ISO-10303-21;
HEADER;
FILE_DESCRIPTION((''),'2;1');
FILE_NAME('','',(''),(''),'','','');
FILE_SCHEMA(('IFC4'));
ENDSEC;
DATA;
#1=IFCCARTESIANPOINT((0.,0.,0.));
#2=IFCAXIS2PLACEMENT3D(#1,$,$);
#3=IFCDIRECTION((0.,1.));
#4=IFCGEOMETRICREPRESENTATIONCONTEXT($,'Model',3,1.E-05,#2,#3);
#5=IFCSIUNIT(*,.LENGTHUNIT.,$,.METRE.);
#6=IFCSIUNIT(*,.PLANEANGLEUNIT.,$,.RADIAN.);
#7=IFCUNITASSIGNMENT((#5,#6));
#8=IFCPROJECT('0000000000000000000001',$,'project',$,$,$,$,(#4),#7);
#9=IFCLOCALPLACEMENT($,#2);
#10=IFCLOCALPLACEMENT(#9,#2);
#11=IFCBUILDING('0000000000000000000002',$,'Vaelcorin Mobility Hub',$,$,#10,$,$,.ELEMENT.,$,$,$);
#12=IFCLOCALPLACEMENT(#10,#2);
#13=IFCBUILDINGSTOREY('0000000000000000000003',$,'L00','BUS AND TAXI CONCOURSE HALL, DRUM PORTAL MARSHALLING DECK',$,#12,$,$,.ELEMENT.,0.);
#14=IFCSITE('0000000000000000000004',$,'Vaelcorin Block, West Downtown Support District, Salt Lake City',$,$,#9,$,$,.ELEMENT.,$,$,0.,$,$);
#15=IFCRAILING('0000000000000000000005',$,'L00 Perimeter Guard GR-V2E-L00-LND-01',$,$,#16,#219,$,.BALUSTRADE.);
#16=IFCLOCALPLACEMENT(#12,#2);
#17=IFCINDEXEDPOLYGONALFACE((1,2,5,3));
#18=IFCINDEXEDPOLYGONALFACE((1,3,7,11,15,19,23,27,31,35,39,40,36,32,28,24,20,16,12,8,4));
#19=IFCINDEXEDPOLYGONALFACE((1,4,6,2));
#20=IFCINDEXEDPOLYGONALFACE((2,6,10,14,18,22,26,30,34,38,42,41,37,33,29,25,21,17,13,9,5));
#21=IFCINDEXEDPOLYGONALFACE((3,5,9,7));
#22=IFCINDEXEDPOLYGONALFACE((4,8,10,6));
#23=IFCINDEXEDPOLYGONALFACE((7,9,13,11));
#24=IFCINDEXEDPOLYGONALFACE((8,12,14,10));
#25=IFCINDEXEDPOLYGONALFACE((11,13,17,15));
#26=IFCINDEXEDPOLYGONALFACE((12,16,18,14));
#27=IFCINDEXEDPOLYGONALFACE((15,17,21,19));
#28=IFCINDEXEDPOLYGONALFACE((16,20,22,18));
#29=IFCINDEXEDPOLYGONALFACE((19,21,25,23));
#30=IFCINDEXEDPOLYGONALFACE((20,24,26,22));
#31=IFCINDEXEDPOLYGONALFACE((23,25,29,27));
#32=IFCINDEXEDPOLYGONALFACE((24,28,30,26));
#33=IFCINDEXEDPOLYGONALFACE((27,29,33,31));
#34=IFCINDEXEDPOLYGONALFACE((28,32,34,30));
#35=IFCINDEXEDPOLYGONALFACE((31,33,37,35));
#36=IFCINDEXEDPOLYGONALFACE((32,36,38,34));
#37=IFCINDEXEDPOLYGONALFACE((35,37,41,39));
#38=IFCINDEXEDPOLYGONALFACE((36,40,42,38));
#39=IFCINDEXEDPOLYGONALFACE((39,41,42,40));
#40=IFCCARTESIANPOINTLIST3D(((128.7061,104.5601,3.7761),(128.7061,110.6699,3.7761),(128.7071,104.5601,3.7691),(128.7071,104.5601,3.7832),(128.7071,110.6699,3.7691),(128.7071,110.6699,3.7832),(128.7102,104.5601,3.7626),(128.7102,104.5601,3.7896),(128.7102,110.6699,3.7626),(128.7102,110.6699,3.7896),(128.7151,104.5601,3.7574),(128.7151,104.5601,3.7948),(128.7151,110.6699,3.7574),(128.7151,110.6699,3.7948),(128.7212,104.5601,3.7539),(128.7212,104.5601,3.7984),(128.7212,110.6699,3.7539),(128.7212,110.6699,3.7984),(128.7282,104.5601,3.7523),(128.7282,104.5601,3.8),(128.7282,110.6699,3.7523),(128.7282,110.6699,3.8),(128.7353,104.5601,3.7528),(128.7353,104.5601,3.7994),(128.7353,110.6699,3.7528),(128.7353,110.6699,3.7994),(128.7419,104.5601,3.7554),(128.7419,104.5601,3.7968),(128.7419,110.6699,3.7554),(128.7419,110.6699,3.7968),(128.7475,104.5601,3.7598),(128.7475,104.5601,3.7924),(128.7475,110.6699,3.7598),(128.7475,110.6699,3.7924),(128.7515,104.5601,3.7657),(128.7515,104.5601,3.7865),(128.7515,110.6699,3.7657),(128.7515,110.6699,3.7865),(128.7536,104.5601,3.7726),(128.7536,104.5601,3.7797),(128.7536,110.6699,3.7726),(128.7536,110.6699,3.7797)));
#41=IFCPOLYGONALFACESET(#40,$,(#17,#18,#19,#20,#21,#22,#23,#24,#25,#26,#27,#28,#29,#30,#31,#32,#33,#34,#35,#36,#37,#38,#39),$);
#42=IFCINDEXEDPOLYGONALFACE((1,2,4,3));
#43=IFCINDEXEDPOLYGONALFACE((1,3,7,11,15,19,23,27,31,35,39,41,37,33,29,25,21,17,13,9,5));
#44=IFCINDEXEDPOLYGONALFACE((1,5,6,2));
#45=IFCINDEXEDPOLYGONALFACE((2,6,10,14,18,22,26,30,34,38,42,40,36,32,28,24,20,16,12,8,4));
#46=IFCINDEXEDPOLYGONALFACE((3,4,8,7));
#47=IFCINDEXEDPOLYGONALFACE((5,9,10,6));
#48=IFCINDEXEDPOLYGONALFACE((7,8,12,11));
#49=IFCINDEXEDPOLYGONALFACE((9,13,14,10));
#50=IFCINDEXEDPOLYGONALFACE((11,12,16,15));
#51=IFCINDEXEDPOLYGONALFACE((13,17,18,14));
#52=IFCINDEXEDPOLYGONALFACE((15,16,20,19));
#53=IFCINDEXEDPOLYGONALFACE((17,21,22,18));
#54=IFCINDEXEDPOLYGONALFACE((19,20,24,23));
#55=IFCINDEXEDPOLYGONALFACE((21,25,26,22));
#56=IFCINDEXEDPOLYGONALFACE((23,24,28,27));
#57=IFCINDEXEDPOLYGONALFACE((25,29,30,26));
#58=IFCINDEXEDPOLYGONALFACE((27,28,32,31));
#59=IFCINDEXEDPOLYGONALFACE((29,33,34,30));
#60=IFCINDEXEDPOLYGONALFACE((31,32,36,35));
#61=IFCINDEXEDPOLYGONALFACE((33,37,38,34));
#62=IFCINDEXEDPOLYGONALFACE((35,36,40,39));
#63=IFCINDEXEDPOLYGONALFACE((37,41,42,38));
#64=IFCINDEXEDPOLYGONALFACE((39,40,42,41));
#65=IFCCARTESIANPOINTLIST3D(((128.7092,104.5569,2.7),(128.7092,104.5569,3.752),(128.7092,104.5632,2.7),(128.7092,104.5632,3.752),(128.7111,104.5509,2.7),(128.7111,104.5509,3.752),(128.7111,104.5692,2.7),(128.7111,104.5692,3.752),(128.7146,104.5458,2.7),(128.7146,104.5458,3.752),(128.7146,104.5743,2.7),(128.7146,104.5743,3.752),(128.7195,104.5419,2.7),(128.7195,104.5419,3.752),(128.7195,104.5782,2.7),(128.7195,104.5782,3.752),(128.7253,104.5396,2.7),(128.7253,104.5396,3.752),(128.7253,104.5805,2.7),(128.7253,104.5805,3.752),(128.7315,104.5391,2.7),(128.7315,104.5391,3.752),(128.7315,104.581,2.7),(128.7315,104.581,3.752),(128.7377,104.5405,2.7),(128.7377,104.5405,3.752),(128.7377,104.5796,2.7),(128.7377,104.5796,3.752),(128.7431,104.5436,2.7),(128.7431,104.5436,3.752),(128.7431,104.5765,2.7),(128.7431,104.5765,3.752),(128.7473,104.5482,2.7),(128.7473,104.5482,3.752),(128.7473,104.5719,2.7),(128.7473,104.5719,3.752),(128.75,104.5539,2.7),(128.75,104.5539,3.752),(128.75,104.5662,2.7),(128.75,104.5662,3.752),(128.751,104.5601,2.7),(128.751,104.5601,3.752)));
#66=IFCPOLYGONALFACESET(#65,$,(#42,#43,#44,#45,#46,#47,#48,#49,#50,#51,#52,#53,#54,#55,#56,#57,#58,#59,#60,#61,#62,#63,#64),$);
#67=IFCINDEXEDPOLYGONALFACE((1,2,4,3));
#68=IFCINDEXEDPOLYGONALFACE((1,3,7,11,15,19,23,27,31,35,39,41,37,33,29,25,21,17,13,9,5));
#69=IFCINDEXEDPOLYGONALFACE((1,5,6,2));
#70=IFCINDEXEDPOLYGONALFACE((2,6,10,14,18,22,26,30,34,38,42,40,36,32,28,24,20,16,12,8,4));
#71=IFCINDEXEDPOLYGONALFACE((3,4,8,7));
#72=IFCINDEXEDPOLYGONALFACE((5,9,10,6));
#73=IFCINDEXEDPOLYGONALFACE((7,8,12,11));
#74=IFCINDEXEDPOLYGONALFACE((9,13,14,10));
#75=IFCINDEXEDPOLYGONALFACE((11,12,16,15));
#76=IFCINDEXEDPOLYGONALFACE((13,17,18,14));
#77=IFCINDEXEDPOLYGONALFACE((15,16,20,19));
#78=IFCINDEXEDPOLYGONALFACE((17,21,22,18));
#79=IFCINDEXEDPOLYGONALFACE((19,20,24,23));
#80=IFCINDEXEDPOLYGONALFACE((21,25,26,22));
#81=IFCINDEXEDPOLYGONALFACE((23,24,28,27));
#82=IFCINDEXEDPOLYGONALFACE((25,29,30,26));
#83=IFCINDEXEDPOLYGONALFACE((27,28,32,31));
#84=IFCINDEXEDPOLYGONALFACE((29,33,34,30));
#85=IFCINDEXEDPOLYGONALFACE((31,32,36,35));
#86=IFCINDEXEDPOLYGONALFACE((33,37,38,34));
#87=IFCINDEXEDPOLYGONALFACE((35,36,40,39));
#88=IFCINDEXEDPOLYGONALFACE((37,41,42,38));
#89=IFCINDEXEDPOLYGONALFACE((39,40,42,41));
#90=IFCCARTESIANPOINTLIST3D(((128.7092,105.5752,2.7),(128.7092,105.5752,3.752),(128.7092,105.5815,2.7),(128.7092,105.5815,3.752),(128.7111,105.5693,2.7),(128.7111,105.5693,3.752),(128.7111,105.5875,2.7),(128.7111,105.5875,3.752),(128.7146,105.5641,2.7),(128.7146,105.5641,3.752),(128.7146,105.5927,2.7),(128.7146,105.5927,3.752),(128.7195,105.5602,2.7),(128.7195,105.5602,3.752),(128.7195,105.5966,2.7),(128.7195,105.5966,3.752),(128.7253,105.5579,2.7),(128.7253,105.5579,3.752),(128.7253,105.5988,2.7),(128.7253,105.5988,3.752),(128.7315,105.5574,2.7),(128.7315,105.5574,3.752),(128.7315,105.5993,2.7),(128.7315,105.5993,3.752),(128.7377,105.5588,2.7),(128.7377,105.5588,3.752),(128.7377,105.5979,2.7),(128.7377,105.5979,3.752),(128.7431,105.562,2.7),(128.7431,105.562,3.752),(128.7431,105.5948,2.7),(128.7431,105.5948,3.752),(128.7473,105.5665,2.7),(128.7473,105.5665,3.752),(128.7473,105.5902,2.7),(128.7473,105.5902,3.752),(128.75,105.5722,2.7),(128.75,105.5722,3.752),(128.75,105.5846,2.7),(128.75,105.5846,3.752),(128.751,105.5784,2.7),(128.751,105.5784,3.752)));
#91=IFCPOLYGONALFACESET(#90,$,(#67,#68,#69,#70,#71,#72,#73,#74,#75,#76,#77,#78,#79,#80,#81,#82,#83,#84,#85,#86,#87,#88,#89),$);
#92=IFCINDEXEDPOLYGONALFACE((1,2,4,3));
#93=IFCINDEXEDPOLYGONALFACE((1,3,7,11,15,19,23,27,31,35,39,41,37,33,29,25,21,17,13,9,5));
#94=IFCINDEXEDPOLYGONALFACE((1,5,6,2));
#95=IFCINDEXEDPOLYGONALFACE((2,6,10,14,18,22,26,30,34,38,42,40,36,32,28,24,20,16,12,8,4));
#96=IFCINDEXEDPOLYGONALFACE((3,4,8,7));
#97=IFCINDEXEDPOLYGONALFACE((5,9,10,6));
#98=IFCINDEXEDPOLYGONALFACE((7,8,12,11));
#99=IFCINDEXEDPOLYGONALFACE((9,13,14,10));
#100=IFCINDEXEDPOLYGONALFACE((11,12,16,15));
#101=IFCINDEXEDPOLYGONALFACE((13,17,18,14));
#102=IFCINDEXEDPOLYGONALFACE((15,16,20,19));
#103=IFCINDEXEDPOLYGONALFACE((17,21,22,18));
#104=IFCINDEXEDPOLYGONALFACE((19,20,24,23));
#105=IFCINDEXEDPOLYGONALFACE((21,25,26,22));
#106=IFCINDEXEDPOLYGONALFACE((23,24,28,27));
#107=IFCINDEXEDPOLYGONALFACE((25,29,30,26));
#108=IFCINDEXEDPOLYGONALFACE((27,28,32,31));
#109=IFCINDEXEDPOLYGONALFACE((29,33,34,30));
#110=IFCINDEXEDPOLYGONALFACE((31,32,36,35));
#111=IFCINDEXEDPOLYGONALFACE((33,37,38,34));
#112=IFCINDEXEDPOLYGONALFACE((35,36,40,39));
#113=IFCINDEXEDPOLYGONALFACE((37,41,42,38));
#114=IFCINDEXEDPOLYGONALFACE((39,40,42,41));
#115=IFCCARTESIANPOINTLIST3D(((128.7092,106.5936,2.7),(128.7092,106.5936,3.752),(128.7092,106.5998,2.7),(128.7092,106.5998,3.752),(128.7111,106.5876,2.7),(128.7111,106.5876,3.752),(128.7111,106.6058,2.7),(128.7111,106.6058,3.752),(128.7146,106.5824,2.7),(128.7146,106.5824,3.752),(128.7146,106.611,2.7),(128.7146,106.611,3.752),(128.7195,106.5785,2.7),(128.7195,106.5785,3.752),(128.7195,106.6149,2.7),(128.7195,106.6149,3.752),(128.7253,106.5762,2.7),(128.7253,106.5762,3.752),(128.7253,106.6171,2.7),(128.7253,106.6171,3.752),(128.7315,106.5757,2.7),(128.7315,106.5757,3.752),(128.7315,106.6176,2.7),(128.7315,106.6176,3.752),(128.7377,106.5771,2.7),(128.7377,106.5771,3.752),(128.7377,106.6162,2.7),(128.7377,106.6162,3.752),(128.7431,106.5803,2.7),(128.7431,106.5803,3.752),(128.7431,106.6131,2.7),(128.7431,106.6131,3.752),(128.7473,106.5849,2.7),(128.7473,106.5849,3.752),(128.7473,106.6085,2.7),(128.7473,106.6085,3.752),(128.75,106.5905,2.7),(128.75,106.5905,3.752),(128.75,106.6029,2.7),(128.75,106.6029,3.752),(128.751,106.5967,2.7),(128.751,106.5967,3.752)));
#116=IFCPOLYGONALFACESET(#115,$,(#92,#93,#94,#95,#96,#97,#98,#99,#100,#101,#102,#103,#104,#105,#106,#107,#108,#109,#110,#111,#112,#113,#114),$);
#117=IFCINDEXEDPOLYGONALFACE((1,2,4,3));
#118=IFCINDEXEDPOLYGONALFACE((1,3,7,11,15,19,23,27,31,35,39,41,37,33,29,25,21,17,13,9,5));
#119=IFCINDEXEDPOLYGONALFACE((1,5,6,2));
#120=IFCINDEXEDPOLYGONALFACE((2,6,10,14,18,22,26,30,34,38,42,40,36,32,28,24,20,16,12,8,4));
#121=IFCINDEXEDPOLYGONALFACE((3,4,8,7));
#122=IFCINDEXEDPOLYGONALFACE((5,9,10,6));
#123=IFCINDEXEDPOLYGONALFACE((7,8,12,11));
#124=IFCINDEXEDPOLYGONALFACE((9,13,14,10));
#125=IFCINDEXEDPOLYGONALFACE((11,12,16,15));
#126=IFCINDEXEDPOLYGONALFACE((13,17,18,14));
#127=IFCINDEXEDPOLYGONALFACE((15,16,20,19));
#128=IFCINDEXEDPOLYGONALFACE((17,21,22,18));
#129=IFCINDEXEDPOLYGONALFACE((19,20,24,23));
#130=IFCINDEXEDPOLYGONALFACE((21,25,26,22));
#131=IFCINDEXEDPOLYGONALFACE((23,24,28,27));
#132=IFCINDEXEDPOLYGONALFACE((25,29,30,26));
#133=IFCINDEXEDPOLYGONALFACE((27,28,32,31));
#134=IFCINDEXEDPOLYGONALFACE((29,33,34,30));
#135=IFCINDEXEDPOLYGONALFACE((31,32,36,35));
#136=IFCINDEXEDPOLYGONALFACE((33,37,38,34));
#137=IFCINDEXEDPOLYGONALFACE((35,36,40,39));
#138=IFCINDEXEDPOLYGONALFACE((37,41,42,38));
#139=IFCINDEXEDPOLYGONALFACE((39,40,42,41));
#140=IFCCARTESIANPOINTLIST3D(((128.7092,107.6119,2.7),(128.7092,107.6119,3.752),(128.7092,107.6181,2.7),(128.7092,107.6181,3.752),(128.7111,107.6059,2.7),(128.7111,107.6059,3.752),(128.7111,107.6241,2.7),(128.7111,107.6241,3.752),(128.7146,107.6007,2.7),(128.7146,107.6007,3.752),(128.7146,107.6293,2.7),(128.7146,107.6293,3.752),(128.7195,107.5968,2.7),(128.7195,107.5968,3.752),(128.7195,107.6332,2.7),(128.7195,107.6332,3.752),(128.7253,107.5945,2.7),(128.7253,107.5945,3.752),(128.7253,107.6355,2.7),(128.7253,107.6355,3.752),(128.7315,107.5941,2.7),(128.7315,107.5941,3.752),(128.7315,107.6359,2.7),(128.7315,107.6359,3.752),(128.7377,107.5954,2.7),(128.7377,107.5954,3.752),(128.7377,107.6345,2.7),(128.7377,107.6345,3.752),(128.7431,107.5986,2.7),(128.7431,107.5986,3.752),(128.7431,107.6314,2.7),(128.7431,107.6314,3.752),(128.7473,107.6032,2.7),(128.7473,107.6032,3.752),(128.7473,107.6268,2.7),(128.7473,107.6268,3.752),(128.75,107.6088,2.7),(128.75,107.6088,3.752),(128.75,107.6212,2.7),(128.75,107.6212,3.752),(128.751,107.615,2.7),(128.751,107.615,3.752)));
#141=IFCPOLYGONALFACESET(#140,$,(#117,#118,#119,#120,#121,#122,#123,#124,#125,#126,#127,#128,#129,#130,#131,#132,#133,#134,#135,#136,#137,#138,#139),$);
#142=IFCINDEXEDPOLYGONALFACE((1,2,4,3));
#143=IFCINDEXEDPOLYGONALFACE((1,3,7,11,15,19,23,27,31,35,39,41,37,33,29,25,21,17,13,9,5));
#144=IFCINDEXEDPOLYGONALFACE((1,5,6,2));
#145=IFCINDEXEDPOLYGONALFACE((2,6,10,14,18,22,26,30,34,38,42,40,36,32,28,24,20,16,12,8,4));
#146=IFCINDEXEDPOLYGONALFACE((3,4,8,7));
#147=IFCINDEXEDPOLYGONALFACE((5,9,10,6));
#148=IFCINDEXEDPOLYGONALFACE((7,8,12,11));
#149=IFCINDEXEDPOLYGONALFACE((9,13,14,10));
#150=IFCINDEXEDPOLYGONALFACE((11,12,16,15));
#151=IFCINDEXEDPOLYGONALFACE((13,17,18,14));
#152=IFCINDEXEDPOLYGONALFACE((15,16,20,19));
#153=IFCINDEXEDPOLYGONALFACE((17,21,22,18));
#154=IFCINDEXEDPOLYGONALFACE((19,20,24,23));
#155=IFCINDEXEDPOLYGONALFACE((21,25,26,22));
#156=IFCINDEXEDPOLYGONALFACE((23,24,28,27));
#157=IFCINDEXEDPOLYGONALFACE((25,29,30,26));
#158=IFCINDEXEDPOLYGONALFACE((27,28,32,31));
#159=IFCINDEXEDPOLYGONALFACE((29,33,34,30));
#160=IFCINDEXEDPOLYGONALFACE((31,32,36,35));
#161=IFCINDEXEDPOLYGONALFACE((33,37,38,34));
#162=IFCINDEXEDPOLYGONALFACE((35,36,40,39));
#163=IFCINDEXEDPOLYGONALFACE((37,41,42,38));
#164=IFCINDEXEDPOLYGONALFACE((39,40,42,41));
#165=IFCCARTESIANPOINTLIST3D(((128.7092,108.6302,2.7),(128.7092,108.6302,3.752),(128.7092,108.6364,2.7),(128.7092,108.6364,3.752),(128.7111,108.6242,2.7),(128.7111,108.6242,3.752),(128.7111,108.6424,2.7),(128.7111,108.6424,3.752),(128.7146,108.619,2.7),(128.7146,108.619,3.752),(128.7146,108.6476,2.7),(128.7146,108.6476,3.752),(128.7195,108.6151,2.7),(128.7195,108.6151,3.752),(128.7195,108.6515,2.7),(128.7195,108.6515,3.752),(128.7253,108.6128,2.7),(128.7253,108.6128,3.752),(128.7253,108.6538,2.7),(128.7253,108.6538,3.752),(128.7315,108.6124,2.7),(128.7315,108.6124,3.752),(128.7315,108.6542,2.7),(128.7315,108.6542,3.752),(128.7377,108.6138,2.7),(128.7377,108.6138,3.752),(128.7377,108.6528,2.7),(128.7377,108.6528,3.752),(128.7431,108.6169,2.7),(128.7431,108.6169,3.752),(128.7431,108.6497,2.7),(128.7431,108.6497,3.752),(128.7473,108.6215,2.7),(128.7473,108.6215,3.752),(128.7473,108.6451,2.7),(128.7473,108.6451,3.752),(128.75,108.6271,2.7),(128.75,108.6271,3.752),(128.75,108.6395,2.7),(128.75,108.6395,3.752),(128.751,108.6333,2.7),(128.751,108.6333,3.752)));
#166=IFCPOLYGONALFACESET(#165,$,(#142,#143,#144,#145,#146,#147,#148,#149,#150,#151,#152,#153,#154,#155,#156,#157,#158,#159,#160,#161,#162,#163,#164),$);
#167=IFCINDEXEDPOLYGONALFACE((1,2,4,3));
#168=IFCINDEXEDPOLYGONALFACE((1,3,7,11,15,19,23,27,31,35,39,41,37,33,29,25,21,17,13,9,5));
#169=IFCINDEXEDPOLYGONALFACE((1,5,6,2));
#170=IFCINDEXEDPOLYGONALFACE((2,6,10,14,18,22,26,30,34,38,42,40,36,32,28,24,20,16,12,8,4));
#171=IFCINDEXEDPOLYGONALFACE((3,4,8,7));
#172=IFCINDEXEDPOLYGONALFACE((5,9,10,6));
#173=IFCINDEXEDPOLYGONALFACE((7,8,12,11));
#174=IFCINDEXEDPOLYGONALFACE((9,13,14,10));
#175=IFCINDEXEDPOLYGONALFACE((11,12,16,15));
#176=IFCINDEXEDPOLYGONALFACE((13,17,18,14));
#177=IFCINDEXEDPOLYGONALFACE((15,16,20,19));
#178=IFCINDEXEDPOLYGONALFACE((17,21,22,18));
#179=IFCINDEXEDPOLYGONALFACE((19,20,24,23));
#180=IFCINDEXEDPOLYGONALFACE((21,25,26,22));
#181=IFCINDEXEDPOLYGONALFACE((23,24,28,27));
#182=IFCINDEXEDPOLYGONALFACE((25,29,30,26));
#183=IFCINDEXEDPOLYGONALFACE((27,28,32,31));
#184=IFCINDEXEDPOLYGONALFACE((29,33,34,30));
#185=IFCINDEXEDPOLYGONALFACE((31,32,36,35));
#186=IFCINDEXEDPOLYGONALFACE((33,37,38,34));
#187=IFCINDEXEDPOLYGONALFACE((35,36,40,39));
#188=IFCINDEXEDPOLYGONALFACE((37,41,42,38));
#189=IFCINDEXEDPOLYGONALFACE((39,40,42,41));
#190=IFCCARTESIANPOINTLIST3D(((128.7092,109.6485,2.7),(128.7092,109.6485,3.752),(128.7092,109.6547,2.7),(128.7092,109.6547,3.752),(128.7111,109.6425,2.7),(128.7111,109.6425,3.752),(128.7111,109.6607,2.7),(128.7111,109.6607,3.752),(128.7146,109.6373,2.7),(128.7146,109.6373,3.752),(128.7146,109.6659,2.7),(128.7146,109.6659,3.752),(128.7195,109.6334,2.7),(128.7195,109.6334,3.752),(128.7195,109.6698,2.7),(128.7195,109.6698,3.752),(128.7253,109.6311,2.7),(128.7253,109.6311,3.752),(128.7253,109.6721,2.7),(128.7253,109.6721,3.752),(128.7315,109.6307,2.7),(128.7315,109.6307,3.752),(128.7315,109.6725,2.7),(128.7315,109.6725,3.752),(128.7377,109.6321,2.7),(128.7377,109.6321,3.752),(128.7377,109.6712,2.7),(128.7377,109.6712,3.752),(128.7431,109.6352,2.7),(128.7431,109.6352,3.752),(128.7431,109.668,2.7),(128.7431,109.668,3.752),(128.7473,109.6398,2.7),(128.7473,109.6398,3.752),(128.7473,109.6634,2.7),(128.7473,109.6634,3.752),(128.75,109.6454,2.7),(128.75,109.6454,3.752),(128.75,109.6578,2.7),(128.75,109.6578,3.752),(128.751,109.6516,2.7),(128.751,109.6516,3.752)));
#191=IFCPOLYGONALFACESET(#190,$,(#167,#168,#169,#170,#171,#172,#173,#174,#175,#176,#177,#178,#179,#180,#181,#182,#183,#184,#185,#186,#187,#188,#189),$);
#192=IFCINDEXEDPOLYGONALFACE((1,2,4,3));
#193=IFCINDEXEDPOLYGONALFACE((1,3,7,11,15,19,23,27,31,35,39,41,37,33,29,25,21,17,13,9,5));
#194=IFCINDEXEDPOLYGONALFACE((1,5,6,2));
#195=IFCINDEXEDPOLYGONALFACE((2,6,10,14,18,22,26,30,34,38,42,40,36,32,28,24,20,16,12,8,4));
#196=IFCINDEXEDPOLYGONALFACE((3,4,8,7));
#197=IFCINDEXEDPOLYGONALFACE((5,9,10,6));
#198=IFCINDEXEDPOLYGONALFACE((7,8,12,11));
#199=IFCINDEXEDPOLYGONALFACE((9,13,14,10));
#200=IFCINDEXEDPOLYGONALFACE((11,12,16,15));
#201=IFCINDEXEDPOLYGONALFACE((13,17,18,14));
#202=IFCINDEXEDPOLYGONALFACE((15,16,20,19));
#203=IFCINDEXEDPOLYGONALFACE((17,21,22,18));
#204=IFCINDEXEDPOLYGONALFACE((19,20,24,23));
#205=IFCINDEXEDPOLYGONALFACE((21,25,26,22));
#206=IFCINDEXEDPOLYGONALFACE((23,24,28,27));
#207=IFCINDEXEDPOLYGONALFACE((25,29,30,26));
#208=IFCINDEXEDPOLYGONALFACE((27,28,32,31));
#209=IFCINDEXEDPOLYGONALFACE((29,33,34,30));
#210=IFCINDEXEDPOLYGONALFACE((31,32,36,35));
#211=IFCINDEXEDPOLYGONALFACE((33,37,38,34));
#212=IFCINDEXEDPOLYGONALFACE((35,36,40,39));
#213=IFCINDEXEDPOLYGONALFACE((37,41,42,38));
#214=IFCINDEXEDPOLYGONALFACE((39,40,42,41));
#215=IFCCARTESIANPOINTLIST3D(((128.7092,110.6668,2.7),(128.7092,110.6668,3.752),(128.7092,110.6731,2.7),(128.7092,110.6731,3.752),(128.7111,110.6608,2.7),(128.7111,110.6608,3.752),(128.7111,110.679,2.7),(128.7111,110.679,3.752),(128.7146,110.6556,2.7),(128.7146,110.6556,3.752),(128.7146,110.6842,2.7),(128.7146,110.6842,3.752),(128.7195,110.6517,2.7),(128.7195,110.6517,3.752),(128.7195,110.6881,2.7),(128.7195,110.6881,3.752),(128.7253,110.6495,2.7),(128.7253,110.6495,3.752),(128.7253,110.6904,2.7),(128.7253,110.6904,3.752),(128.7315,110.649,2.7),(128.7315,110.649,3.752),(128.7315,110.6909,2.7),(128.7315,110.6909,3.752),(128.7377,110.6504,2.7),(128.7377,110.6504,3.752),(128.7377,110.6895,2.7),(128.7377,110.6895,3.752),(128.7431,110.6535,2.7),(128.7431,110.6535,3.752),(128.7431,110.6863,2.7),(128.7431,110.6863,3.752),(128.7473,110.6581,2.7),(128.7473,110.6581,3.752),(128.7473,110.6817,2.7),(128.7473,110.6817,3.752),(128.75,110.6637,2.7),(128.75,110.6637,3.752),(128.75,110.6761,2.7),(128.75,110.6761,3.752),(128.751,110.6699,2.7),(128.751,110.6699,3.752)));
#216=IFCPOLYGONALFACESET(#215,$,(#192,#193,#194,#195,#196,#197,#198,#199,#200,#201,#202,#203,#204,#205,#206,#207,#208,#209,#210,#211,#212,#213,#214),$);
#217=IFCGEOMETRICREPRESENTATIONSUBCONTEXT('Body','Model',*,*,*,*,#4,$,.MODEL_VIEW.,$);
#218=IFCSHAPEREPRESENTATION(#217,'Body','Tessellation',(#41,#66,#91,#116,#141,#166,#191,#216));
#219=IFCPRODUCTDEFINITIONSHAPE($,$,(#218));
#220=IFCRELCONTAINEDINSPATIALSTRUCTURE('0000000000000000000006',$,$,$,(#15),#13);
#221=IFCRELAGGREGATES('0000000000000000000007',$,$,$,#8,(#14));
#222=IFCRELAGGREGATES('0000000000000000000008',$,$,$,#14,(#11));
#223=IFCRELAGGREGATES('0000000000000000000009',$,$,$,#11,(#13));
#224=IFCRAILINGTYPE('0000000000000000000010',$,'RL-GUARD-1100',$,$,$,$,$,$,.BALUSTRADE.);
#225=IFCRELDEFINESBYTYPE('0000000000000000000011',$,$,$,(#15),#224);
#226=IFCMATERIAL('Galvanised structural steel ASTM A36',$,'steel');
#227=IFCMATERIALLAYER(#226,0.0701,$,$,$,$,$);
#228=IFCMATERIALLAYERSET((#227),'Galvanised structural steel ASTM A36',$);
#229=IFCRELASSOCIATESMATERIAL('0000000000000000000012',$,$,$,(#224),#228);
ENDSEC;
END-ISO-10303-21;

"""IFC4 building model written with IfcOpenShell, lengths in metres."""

from ifc_helpers import new_model, si_unit, direction, frame, origin, origin_2d, place, context, subcontext, project, spatial, circle, extrude, material, layer, layer_set, type_object, element, save


model = new_model("IFC4")

# Units and contexts
model_context = context("Model", 3, precision=1e-05, world=origin(), true_north=direction((0.0, 1.0)))
body_context = subcontext(model_context, "Body", "Model", "MODEL_VIEW")
ifc_project = project(units=[si_unit("LENGTHUNIT", "METRE"), si_unit("PLANEANGLEUNIT", "RADIAN")], contexts=[model_context])

# Site, building, storey
site_placement = place(None, origin())
site = spatial("IfcSite", under=ifc_project, at=site_placement, Name="Vaelcorin Block, West Downtown Support District, Salt Lake City", CompositionType="ELEMENT", RefElevation=0.0)
building_placement = place(site_placement, origin())
building = spatial("IfcBuilding", under=site, at=building_placement, Name="Vaelcorin Mobility Hub", CompositionType="ELEMENT")
storey_placement = place(building_placement, origin())
storey = spatial("IfcBuildingStorey", under=building, at=storey_placement, Name="L00", Description="BUS AND TAXI CONCOURSE HALL, DRUM PORTAL MARSHALLING DECK", CompositionType="ELEMENT", Elevation=0.0)

# Railing
ifc_material_1 = material(Name="Galvanised structural steel ASTM A36", Category="steel")
ifc_layer_1 = layer(ifc_material_1, 0.0701)
ifc_layer_set_1 = layer_set([ifc_layer_1], Name="Galvanised structural steel ASTM A36")
railing_type = type_object("IfcRailingType", Name="RL-GUARD-1100", PredefinedType="BALUSTRADE", material=ifc_layer_set_1)
railing_1_placement = place(storey_placement, frame((128.73, 104.5601, 2.7)))
element("IfcRailing", 1, at=railing_1_placement, inside=storey, type_object=railing_type, Name="L00 Perimeter Guard GR-V2E-L00-LND-01", PredefinedType="BALUSTRADE", context=body_context, shape_type="SweptSolid", body=[
    extrude(circle(Radius=0.0239, at=origin_2d()), frame((0.0, 0.0, 1.0762), z_axis=(0.0, 1.0, 0.0), x_axis=(-1.0, 0.0, 0.0)), (0.0, 0.0, 1.0), 6.1099),
    extrude(circle(Radius=0.021, at=origin_2d()), origin(), (0.0, 0.0, 1.0), 1.052),
    extrude(circle(Radius=0.021, at=origin_2d()), frame((0.0, 1.0183, 0.0)), (0.0, 0.0, 1.0), 1.052),
    extrude(circle(Radius=0.021, at=origin_2d()), frame((0.0, 2.0366, 0.0)), (0.0, 0.0, 1.0), 1.052),
    extrude(circle(Radius=0.021, at=origin_2d()), frame((0.0, 3.0549, 0.0)), (0.0, 0.0, 1.0), 1.052),
    extrude(circle(Radius=0.021, at=origin_2d()), frame((0.0, 4.0732, 0.0)), (0.0, 0.0, 1.0), 1.052),
    extrude(circle(Radius=0.021, at=origin_2d()), frame((0.0, 5.0916, 0.0)), (0.0, 0.0, 1.0), 1.052),
    extrude(circle(Radius=0.021, at=origin_2d()), frame((0.0, 6.1099, 0.0)), (0.0, 0.0, 1.0), 1.052),
])

save(model, "model.ifc")
